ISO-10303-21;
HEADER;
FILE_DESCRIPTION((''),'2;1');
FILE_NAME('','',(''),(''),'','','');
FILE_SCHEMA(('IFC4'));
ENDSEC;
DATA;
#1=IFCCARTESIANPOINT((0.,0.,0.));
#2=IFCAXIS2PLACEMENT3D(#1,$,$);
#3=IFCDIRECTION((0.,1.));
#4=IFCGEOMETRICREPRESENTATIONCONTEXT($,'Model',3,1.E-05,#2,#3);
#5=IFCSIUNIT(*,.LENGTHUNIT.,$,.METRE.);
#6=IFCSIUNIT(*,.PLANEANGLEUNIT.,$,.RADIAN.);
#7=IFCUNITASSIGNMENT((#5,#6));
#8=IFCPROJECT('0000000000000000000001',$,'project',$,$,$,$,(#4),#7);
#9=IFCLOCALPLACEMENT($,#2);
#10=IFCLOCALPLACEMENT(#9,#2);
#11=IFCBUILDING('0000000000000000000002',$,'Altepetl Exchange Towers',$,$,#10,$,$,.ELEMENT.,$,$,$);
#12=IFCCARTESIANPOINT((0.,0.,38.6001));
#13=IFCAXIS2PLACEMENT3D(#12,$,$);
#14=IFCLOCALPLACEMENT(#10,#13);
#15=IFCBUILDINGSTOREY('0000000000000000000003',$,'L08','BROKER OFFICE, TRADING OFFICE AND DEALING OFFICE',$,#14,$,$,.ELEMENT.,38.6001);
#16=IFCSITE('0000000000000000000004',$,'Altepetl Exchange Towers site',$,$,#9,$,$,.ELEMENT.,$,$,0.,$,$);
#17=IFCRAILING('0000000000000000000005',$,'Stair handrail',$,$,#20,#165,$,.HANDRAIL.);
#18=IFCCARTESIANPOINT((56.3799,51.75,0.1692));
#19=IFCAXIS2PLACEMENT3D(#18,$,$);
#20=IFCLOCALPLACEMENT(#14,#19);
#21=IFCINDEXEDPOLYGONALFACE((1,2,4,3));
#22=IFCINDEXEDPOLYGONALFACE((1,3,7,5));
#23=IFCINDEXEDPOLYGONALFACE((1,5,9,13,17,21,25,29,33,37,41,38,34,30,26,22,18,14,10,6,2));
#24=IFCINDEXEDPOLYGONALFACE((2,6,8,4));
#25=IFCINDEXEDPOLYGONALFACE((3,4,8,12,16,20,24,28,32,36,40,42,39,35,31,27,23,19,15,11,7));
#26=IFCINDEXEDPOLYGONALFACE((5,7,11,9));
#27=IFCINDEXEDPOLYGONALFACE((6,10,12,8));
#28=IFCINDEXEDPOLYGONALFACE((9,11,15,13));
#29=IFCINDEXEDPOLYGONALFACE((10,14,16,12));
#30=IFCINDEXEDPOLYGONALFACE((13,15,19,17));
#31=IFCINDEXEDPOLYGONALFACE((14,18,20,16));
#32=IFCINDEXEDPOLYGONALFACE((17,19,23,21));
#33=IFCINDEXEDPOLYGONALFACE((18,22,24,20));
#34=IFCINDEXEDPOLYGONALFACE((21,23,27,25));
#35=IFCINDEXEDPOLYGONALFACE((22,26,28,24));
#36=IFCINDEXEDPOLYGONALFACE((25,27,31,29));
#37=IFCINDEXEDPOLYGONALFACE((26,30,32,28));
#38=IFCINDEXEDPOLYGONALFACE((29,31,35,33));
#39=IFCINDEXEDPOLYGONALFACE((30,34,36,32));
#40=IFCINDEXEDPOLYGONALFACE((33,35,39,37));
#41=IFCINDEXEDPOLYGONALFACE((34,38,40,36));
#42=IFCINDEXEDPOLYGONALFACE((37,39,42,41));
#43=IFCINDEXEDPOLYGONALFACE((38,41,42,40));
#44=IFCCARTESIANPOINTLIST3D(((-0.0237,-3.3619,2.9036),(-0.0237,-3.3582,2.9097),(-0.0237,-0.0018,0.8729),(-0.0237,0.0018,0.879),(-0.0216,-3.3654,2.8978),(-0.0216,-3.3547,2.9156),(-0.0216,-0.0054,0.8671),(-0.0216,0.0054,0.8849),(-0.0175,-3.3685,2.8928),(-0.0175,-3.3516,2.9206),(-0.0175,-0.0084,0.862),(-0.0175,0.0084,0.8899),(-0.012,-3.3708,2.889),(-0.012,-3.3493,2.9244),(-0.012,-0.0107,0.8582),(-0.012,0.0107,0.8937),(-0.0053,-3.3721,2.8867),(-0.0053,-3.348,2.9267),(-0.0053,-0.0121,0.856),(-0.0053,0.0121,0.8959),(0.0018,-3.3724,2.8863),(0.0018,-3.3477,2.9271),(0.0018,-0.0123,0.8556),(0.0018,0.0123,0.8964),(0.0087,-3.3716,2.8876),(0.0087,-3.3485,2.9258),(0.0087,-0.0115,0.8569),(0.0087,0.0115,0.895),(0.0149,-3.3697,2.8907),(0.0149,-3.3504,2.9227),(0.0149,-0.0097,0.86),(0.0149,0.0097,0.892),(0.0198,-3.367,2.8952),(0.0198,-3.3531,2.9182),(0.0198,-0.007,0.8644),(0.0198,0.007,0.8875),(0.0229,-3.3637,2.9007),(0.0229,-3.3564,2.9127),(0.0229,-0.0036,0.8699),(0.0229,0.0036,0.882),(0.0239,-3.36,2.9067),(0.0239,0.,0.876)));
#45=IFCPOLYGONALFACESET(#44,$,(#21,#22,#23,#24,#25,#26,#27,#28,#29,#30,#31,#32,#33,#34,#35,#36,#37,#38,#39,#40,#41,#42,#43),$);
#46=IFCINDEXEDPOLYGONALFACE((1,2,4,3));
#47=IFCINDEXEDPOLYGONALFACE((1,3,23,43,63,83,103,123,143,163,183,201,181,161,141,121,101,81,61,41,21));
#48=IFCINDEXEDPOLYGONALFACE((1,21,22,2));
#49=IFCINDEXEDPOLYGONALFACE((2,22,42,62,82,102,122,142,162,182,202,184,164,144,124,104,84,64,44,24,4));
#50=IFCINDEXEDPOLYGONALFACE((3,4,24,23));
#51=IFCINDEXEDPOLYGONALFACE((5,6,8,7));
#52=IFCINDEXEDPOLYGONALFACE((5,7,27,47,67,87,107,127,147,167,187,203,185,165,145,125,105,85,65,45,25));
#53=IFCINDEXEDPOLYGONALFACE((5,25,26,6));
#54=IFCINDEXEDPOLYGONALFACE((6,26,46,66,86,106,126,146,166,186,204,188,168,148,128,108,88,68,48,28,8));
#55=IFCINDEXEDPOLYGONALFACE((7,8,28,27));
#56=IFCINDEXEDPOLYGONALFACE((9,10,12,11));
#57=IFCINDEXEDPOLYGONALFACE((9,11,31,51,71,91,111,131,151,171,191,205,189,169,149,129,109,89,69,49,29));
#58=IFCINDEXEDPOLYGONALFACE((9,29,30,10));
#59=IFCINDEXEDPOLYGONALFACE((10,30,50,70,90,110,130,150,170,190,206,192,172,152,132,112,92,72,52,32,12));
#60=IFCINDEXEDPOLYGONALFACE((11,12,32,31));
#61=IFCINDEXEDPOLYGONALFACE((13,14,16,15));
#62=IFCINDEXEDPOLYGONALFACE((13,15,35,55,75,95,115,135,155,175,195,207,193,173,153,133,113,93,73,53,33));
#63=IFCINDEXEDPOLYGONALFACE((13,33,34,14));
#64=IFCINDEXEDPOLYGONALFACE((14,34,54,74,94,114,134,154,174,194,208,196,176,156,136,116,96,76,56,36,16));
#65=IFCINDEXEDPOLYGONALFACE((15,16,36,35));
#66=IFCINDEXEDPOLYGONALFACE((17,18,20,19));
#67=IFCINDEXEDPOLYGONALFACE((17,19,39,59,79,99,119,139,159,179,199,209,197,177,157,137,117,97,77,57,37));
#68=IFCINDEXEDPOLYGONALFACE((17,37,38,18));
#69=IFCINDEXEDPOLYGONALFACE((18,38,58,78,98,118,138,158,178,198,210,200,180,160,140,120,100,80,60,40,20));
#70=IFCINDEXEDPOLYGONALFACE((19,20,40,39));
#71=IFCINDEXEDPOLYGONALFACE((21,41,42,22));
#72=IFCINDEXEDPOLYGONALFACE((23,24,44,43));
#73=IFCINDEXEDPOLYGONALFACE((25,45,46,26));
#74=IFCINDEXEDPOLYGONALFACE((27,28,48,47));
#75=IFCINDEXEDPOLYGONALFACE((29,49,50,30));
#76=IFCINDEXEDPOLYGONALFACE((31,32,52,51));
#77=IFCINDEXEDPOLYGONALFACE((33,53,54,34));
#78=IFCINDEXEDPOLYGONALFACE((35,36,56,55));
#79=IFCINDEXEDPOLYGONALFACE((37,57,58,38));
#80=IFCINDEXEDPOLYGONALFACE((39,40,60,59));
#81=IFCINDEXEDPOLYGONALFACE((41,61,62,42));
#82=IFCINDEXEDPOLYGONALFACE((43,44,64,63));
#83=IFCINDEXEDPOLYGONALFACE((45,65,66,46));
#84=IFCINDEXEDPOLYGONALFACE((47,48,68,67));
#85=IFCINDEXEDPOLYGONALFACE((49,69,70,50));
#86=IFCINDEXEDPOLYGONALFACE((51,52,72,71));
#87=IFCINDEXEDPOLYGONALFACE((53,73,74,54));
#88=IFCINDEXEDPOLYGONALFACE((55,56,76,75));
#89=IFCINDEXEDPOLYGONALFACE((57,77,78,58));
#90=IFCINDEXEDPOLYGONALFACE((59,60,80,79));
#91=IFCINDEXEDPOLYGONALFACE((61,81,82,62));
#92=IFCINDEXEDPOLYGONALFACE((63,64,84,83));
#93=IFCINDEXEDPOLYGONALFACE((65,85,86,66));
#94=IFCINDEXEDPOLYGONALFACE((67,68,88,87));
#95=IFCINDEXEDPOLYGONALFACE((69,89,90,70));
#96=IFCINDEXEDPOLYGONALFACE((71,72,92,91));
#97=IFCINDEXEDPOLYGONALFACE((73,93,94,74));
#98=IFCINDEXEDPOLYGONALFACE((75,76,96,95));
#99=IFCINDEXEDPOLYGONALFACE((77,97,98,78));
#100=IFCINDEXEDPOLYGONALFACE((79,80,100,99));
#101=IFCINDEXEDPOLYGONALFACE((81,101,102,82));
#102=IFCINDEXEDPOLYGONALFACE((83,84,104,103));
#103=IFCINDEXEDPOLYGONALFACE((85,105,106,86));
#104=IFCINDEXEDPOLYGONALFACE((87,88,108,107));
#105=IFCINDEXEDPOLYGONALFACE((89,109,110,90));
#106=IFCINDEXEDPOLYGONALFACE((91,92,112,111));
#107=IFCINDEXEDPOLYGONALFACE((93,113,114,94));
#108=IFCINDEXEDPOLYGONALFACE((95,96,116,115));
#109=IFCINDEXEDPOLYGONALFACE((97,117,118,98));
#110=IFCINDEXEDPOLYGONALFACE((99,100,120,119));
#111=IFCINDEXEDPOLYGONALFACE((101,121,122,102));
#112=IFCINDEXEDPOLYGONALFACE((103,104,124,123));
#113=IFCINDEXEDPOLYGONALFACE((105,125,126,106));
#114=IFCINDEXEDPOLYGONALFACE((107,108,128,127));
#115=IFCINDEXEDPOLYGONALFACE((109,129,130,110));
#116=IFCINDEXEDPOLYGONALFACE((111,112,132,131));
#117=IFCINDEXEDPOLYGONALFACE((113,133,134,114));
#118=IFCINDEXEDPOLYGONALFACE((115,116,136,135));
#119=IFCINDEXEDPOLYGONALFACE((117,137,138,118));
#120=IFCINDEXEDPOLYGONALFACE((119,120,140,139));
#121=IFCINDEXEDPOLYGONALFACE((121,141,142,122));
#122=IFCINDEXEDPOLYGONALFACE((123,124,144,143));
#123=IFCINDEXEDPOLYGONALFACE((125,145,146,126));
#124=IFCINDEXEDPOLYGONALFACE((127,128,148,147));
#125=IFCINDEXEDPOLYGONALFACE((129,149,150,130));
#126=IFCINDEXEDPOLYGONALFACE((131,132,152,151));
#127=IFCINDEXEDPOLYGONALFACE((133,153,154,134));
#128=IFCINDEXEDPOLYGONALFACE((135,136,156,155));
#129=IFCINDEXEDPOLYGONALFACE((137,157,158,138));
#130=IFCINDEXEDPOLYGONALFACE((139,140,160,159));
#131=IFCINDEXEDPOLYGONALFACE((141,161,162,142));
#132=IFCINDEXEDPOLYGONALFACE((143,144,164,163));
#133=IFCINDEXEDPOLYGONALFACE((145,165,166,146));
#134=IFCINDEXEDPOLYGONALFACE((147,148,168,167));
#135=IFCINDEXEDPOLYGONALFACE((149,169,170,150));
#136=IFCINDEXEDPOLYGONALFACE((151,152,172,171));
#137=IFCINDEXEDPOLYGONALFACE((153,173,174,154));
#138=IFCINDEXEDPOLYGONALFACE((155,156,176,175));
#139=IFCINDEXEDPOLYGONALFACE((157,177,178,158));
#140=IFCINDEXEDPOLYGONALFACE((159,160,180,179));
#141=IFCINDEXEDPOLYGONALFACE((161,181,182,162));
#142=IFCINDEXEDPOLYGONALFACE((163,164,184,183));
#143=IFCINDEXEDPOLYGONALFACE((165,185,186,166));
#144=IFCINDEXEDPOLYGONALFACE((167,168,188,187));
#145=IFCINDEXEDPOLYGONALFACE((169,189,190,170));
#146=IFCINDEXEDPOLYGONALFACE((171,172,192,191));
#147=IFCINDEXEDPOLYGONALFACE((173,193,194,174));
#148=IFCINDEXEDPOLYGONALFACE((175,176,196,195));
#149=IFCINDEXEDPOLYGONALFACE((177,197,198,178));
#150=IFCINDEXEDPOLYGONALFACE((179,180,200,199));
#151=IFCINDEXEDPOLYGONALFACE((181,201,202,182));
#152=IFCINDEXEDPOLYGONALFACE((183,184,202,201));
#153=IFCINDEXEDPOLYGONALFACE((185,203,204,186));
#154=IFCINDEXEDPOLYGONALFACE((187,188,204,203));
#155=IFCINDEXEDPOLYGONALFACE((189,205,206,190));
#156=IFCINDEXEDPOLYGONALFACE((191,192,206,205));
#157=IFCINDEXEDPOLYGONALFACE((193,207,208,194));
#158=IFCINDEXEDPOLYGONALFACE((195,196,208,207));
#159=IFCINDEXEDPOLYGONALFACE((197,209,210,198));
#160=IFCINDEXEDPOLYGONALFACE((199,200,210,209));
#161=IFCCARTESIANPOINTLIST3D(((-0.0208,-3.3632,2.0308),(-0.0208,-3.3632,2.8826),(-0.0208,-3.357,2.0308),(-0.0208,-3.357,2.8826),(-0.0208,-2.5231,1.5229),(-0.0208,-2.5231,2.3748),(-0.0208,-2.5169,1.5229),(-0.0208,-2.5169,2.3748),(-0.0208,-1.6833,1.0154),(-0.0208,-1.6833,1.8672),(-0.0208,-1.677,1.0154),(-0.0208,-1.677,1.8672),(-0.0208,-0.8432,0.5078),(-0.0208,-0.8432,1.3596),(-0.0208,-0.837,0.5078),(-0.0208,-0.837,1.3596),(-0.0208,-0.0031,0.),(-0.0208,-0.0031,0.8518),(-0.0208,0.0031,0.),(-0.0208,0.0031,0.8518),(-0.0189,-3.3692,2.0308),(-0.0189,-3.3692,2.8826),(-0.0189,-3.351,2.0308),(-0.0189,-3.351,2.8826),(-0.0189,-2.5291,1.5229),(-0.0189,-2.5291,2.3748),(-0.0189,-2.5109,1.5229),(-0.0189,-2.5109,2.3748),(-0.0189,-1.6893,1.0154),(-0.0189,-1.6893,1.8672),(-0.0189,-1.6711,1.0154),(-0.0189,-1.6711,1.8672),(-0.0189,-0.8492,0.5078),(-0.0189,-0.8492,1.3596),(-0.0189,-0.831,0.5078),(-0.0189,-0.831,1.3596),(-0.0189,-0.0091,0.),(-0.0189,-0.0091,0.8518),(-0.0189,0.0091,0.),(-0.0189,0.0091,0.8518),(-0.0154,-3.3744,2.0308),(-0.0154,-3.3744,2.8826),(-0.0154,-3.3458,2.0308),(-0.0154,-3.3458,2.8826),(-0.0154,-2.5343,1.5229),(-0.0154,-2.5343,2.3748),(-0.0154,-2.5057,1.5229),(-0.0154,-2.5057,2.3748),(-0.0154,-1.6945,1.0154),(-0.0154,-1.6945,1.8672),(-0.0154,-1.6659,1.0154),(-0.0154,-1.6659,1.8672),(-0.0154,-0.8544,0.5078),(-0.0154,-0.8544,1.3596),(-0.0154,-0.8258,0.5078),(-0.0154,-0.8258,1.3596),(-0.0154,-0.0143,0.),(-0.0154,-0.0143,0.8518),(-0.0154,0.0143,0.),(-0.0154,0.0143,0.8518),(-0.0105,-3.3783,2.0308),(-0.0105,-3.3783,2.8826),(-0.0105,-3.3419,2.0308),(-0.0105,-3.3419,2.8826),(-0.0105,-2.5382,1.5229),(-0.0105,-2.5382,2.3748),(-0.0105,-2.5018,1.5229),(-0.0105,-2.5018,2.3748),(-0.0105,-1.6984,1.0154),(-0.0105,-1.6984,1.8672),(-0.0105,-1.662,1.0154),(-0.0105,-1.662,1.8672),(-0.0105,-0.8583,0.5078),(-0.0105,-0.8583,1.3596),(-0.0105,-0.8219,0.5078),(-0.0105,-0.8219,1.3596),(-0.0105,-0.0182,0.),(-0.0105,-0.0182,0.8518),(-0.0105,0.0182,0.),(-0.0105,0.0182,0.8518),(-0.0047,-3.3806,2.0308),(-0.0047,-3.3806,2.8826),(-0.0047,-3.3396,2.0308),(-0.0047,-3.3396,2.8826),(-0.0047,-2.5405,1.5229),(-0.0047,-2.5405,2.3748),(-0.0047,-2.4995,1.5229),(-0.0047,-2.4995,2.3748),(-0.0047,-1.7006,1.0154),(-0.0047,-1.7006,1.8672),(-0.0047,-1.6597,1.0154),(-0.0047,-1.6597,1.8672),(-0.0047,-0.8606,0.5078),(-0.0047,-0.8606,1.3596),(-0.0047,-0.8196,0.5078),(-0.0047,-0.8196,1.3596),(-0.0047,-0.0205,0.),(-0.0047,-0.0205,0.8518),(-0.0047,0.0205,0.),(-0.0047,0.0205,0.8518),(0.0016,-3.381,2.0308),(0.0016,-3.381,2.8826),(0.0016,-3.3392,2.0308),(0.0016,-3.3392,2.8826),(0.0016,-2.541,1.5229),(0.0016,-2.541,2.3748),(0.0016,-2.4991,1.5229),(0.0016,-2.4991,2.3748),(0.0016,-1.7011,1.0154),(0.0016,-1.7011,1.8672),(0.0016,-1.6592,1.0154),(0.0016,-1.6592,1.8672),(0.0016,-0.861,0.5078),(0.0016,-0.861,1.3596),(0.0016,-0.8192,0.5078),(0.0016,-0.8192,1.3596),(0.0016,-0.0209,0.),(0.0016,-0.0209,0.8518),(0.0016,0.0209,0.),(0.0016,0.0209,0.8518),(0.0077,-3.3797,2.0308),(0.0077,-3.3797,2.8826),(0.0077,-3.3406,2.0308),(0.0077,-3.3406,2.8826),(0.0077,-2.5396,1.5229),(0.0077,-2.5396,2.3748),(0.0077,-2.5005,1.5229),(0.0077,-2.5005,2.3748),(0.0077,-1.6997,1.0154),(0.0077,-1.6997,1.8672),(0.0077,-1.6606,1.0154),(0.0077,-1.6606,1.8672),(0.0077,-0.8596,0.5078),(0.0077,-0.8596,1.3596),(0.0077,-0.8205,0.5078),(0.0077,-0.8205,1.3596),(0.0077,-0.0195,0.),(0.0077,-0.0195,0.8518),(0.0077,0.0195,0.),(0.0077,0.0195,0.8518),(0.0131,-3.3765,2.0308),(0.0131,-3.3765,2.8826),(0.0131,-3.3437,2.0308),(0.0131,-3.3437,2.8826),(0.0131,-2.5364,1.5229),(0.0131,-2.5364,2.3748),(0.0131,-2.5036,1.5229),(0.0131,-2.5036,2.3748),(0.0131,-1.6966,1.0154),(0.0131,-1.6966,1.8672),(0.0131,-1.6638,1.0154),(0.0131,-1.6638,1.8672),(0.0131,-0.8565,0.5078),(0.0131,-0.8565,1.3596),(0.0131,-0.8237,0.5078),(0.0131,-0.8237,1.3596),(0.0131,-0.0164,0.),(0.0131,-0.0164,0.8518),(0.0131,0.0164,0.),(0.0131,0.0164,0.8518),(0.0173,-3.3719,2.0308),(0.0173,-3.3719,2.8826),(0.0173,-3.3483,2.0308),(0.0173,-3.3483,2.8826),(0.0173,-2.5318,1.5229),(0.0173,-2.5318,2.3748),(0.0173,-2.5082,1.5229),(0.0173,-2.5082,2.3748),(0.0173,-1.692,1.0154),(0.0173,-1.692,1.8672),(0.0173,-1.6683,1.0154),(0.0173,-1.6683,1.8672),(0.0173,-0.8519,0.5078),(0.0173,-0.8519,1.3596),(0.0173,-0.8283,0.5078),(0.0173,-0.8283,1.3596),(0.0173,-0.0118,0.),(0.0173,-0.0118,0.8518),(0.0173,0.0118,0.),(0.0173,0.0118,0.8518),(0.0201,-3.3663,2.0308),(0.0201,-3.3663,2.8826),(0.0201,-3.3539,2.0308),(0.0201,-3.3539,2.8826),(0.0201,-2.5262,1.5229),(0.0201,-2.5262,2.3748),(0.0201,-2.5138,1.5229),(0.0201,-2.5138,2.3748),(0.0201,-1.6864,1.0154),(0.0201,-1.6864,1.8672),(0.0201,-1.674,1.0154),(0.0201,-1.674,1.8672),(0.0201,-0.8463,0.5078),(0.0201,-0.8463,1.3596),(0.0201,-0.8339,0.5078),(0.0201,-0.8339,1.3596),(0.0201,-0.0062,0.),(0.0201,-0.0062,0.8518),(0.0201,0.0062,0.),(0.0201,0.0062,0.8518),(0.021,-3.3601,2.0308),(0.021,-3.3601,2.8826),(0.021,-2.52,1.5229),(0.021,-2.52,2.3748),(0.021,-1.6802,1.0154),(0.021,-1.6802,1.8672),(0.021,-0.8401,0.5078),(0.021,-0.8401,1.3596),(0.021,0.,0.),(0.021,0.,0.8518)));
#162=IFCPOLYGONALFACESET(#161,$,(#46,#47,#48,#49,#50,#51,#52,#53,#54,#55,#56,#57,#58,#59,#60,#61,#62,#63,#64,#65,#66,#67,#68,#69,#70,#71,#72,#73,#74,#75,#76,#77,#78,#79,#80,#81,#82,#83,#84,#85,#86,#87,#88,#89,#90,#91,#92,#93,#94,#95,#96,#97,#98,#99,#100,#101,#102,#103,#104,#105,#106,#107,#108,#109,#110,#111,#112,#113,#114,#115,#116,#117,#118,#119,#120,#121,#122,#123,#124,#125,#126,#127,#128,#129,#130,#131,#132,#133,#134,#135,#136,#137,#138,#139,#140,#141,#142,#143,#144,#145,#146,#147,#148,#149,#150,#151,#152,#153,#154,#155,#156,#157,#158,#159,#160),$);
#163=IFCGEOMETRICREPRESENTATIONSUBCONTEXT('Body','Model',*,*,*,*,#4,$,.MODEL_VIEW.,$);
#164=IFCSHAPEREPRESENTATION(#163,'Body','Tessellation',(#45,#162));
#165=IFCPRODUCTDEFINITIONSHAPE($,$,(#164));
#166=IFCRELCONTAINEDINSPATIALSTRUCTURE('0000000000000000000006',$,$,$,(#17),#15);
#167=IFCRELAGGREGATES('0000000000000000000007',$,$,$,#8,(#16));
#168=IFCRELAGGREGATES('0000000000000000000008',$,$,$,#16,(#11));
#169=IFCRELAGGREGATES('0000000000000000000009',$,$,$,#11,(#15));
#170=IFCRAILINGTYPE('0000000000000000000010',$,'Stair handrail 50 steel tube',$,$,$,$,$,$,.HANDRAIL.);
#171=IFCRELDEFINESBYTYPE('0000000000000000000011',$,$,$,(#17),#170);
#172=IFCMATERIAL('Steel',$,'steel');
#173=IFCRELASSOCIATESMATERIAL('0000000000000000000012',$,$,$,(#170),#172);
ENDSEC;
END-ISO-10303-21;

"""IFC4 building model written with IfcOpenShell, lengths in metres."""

from ifc_helpers import new_model, si_unit, direction, frame, origin, origin_2d, place, context, subcontext, project, spatial, circle, extrude, source, transform, mapped, material, type_object, element, save


model = new_model("IFC4")

# Units and contexts
model_context = context("Model", 3, precision=1e-05, world=origin(), true_north=direction((0.0, 1.0)))
body_context = subcontext(model_context, "Body", "Model", "MODEL_VIEW")
ifc_project = project(units=[si_unit("LENGTHUNIT", "METRE"), si_unit("PLANEANGLEUNIT", "RADIAN")], contexts=[model_context])

# Site, building, storey
site_placement = place(None, origin())
site = spatial("IfcSite", under=ifc_project, at=site_placement, Name="Altepetl Exchange Towers site", CompositionType="ELEMENT", RefElevation=0.0)
building_placement = place(site_placement, origin())
building = spatial("IfcBuilding", under=site, at=building_placement, Name="Altepetl Exchange Towers", CompositionType="ELEMENT")
storey_placement = place(building_placement, frame((0.0, 0.0, 38.6001)))
storey = spatial("IfcBuildingStorey", under=building, at=storey_placement, Name="L08", Description="BROKER OFFICE, TRADING OFFICE AND DEALING OFFICE", CompositionType="ELEMENT", Elevation=38.6001)

# Railing
ifc_material_1 = material(Name="Steel", Category="steel")
railing_type = type_object("IfcRailingType", Name="Stair handrail 50 steel tube", PredefinedType="HANDRAIL", material=ifc_material_1)
shared_shape = source(origin(), body_context, "Body", "SweptSolid", [
    extrude(circle(Radius=0.021, at=origin_2d()), origin(), (0.0, 0.0, 1.0), 0.8518),
])
railing_1_placement = place(storey_placement, frame((56.3799, 51.75, 0.1692)))
element("IfcRailing", 1, at=railing_1_placement, inside=storey, type_object=railing_type, Name="Stair handrail", PredefinedType="HANDRAIL", context=body_context, shape_type="SweptSolid", body=[
    extrude(circle(Radius=0.0239, at=origin_2d()), frame((0.0, 0.0, 0.876), z_axis=(0.0, -0.855837, 0.517246), x_axis=(1.0, 0.0, 0.0)), (0.0, 0.0, 1.0), 3.926),
    mapped(shared_shape, transform((0.0, 0.0, 0.0))),
    mapped(shared_shape, transform((0.0, -0.8401, 0.5078))),
    mapped(shared_shape, transform((0.0, -1.6802, 1.0154))),
    mapped(shared_shape, transform((0.0, -2.52, 1.5229))),
    mapped(shared_shape, transform((0.0, -3.3601, 2.0308))),
])

save(model, "model.ifc")
